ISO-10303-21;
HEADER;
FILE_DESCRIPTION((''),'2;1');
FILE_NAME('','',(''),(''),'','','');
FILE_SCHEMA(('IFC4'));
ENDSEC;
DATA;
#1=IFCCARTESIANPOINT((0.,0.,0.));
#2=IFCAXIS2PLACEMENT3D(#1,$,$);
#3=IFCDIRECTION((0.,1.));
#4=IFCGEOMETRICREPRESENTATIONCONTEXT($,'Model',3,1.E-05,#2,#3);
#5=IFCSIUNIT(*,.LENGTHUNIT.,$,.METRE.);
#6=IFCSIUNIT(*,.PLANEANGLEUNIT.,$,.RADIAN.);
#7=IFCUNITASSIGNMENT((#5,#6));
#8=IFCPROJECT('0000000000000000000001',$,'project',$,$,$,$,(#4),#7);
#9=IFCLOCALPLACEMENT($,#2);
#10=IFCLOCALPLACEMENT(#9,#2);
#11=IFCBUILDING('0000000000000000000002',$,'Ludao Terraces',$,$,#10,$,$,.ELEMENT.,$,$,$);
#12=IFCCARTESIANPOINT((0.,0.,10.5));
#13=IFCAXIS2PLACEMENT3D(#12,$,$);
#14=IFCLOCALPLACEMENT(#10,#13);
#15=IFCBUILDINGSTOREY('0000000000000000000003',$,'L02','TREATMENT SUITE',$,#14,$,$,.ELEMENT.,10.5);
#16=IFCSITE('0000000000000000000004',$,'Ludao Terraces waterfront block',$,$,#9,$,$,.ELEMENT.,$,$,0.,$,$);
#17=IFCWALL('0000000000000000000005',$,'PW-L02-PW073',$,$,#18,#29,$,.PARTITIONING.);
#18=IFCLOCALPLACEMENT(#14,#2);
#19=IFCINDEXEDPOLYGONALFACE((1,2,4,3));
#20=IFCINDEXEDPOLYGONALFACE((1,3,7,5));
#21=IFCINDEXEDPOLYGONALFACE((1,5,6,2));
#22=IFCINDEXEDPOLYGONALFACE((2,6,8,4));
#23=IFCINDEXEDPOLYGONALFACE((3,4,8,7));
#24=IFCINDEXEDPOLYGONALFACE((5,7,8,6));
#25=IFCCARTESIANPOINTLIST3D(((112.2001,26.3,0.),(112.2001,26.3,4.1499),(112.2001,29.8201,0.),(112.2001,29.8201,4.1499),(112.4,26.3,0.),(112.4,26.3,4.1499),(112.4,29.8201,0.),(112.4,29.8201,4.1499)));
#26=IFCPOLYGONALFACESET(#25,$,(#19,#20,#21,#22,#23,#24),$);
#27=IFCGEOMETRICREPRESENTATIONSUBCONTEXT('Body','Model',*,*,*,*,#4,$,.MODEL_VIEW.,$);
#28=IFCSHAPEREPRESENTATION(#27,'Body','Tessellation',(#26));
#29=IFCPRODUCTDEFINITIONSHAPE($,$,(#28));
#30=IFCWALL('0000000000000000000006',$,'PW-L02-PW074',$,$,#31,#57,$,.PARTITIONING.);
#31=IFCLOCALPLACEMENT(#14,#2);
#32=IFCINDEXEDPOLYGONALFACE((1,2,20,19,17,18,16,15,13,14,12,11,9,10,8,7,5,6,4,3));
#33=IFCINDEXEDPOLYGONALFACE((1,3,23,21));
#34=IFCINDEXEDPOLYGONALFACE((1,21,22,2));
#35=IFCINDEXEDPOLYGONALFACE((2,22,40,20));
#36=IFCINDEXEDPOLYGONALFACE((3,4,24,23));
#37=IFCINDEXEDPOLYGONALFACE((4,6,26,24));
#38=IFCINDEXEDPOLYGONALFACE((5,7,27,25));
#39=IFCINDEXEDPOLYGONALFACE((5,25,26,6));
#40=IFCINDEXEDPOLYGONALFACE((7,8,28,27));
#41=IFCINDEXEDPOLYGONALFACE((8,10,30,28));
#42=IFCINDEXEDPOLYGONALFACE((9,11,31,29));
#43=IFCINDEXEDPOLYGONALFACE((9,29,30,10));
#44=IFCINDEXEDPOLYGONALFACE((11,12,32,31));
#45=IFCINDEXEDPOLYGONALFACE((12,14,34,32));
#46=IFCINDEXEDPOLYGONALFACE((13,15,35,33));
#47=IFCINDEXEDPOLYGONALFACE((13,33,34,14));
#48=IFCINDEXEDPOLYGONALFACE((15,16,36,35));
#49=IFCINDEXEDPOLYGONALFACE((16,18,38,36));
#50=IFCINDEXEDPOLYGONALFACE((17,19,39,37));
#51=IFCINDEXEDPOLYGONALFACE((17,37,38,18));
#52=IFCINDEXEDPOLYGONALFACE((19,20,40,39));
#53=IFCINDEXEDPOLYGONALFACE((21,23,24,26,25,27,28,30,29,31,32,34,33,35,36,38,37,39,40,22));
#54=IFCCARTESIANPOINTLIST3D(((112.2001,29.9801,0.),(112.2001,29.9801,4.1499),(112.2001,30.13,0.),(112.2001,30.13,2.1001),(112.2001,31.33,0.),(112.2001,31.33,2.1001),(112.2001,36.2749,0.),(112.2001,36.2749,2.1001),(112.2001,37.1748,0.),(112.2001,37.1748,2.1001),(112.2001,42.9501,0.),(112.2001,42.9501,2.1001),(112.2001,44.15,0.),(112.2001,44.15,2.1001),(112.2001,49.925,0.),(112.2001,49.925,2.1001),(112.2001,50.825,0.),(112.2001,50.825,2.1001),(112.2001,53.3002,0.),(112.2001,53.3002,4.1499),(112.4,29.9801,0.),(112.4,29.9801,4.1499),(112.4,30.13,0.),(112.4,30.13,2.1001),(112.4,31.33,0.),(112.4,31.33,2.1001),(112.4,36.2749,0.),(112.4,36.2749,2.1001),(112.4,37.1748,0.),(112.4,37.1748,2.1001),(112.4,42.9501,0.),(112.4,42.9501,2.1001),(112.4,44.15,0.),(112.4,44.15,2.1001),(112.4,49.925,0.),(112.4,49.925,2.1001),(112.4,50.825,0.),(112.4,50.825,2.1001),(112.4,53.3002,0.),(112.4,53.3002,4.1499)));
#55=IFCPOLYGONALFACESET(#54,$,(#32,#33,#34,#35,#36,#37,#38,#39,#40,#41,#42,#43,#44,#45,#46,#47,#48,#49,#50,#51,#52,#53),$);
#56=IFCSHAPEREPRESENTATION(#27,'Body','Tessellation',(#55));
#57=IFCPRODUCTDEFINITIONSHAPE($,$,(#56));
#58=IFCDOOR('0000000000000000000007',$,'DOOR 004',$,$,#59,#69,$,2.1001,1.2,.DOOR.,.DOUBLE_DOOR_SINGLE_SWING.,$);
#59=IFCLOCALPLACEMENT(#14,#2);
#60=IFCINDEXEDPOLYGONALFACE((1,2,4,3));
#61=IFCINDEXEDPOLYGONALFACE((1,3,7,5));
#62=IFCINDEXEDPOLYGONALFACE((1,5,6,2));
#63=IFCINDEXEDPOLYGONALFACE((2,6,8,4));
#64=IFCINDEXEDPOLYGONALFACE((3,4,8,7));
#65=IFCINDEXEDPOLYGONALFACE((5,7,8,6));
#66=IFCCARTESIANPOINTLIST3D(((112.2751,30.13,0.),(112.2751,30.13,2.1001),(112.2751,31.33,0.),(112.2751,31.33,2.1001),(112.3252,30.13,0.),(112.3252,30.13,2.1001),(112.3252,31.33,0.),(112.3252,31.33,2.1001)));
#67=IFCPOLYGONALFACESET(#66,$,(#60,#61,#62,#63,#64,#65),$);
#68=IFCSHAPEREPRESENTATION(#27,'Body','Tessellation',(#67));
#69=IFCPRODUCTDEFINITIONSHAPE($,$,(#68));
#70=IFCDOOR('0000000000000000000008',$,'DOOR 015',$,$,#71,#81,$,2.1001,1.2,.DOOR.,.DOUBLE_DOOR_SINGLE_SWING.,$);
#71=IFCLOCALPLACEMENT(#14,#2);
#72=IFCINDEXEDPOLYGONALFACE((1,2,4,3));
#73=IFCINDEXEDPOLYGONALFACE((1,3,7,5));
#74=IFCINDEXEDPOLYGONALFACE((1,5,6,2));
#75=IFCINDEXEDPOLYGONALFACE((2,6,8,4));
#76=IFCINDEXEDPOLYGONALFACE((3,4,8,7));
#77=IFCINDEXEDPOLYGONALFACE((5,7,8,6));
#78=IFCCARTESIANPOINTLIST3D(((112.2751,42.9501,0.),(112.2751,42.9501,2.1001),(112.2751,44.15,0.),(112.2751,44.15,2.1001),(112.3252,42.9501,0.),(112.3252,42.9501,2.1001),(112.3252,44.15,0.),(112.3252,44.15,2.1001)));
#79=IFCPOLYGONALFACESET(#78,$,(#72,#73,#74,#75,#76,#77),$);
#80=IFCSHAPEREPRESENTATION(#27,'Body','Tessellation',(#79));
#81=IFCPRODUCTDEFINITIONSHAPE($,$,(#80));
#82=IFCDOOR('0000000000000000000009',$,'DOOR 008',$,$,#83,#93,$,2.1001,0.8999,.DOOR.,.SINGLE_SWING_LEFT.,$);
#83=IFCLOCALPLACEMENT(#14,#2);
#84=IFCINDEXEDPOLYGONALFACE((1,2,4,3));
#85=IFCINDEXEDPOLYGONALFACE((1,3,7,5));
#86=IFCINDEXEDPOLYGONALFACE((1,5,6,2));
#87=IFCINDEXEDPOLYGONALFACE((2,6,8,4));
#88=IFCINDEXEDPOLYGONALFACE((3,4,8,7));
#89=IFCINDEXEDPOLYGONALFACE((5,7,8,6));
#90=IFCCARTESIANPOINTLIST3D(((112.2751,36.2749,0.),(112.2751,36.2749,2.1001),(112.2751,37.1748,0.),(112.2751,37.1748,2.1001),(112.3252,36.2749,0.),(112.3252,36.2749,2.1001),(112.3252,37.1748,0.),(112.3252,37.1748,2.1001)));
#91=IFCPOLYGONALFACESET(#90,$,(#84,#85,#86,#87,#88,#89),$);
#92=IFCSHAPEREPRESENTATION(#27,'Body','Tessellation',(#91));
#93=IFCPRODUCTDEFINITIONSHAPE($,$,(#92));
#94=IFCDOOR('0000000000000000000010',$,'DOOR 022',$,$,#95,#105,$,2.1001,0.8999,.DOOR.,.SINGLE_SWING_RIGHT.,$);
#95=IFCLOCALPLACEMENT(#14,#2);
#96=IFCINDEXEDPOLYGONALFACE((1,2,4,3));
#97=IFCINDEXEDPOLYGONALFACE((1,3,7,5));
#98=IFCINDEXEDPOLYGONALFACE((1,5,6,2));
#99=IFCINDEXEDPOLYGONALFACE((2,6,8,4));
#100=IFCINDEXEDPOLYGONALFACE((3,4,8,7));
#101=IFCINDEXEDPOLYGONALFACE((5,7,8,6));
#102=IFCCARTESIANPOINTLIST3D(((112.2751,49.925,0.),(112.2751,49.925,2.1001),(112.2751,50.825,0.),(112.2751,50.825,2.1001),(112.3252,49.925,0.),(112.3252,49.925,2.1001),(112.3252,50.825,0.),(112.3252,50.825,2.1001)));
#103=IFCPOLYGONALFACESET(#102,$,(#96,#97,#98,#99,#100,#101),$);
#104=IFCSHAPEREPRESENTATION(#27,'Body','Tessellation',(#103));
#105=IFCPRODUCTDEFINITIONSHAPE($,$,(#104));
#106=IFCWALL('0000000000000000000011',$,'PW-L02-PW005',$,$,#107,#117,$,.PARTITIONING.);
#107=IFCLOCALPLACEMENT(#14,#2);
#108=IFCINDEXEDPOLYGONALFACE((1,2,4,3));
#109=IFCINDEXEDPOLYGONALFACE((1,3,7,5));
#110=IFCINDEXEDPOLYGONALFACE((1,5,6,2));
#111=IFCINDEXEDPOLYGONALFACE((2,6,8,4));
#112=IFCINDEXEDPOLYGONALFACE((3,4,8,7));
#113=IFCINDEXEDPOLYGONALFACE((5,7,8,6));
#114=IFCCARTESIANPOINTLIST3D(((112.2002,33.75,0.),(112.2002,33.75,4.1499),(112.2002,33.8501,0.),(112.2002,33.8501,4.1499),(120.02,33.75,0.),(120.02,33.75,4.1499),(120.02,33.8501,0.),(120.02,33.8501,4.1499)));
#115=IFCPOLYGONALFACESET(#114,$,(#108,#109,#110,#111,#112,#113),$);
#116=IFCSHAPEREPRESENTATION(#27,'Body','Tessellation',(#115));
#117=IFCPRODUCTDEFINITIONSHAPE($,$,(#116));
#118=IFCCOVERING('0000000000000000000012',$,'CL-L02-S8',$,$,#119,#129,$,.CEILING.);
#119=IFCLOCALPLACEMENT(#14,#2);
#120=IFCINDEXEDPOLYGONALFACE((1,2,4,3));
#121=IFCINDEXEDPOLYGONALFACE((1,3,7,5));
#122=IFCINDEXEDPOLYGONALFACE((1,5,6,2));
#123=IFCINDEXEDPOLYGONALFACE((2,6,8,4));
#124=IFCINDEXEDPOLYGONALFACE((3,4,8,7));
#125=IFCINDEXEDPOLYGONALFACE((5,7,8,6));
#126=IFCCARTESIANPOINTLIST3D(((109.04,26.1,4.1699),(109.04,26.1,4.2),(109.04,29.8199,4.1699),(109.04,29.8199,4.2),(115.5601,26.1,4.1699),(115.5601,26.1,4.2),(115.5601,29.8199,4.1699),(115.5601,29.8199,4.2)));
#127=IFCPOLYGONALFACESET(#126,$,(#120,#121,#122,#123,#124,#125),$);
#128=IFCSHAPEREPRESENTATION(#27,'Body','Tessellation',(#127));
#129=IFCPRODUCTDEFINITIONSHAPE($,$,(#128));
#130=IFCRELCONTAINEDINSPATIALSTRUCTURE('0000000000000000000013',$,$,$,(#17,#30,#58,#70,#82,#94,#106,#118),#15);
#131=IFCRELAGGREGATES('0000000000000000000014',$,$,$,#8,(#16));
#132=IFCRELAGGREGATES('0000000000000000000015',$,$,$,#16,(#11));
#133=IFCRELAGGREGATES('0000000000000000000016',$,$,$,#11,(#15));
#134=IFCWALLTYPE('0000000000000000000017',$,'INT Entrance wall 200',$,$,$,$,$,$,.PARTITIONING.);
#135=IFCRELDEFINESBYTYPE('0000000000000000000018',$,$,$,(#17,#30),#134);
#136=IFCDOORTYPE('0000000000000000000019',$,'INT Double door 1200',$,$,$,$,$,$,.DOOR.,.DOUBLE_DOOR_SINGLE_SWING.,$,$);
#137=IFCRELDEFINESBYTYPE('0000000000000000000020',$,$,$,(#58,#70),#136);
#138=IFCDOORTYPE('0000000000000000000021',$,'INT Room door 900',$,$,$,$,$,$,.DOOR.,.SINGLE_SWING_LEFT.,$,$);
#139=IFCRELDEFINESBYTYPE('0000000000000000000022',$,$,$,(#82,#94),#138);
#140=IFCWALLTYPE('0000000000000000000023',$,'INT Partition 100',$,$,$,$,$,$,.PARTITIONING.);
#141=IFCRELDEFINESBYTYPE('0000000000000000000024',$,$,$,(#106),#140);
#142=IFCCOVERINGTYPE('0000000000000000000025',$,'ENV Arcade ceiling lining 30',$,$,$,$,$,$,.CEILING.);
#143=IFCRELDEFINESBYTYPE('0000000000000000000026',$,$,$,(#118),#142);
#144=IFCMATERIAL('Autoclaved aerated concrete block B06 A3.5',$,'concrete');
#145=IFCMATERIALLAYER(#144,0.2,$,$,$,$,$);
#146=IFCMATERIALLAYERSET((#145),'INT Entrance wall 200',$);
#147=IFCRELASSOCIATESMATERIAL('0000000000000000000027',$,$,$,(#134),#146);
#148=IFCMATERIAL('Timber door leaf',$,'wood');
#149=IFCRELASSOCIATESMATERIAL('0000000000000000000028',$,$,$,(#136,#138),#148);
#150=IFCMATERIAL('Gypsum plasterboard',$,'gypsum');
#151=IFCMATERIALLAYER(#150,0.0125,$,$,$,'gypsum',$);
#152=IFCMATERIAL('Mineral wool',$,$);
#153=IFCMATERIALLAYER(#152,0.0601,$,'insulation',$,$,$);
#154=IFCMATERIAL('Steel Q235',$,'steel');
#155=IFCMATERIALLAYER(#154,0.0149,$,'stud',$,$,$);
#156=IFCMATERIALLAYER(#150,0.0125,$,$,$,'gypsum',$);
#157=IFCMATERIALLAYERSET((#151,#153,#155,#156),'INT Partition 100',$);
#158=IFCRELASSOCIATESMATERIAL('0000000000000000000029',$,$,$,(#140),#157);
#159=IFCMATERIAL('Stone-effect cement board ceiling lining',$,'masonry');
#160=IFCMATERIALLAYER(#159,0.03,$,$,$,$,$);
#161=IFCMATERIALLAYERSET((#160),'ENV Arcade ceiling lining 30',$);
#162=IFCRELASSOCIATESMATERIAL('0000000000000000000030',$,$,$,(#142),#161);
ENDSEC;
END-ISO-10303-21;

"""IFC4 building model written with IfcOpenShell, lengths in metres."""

from ifc_helpers import new_model, si_unit, direction, frame, frame_2d, origin, origin_2d, place, context, subcontext, project, spatial, rectangle, extrude, material, layer, layer_set, type_object, element, fill, save


model = new_model("IFC4")

# Units and contexts
model_context = context("Model", 3, precision=1e-05, world=origin(), true_north=direction((0.0, 1.0)))
body_context = subcontext(model_context, "Body", "Model", "MODEL_VIEW")
ifc_project = project(units=[si_unit("LENGTHUNIT", "METRE"), si_unit("PLANEANGLEUNIT", "RADIAN")], contexts=[model_context])

# Site, building, storey
site_placement = place(None, origin())
site = spatial("IfcSite", under=ifc_project, at=site_placement, Name="Ludao Terraces waterfront block", CompositionType="ELEMENT", RefElevation=0.0)
building_placement = place(site_placement, origin())
building = spatial("IfcBuilding", under=site, at=building_placement, Name="Ludao Terraces", CompositionType="ELEMENT")
storey_placement = place(building_placement, frame((0.0, 0.0, 10.5)))
storey = spatial("IfcBuildingStorey", under=building, at=storey_placement, Name="L02", Description="TREATMENT SUITE", CompositionType="ELEMENT", Elevation=10.5)

# Shared definitions
ifc_material_1 = material(Name="Autoclaved aerated concrete block B06 A3.5", Category="concrete")
ifc_layer_1 = layer(ifc_material_1, 0.2)
ifc_layer_set_1 = layer_set([ifc_layer_1], Name="INT Entrance wall 200")
wall_type_1 = type_object("IfcWallType", Name="INT Entrance wall 200", PredefinedType="PARTITIONING", material=ifc_layer_set_1)
ifc_material_2 = material(Name="Timber door leaf", Category="wood")
door_type_1 = type_object("IfcDoorType", Name="INT Double door 1200", OperationType="DOUBLE_DOOR_SINGLE_SWING", PredefinedType="DOOR", material=ifc_material_2)
door_type_2 = type_object("IfcDoorType", Name="INT Room door 900", OperationType="SINGLE_SWING_LEFT", PredefinedType="DOOR", material=ifc_material_2)

# Wall
wall_1_placement = place(storey_placement, frame((112.3, 26.3, 0.0), z_axis=(0.0, 0.0, 1.0), x_axis=(0.0, 1.0, 0.0)))
element("IfcWall", 1, at=wall_1_placement, inside=storey, type_object=wall_type_1, Name="PW-L02-PW073", PredefinedType="PARTITIONING", context=body_context, shape_type="SweptSolid", body=[
    extrude(rectangle(XDim=3.52, YDim=0.2, at=frame_2d((1.76, 0.0))), origin(), (0.0, 0.0, 1.0), 4.1499),
])

# Wall, openings, doors
wall_2_placement = place(storey_placement, frame((112.3, 29.98, 0.0), z_axis=(0.0, 0.0, 1.0), x_axis=(0.0, 1.0, 0.0)))
wall_2 = element("IfcWall", 2, at=wall_2_placement, inside=storey, type_object=wall_type_1, Name="PW-L02-PW074", PredefinedType="PARTITIONING", context=body_context, shape_type="SweptSolid", body=[
    extrude(rectangle(XDim=23.3201, YDim=0.2, at=frame_2d((11.6602, 0.0))), origin(), (0.0, 0.0, 1.0), 4.1499),
])
opening_1_placement = place(wall_2_placement, frame((0.1499, 0.0, 0.0)))
opening_1 = element("IfcOpeningElement", 3, at=opening_1_placement, cuts=wall_2, PredefinedType="OPENING", context=body_context, shape_type="SweptSolid", body=[
    extrude(rectangle(XDim=1.2, YDim=2.1001, at=frame_2d((0.6001, 1.05))), frame((0.0, 0.1099, 0.0), z_axis=(0.0, -1.0, 0.0), x_axis=(1.0, 0.0, 0.0)), (0.0, 0.0, 1.0), 0.22),
])
opening_2_placement = place(wall_2_placement, frame((6.2949, 0.0, 0.0)))
opening_2 = element("IfcOpeningElement", 4, at=opening_2_placement, cuts=wall_2, PredefinedType="OPENING", context=body_context, shape_type="SweptSolid", body=[
    extrude(rectangle(XDim=0.8999, YDim=2.1001, at=frame_2d((0.45, 1.05))), frame((0.0, 0.1099, 0.0), z_axis=(0.0, -1.0, 0.0), x_axis=(1.0, 0.0, 0.0)), (0.0, 0.0, 1.0), 0.22),
])
opening_3_placement = place(wall_2_placement, frame((12.97, 0.0, 0.0)))
opening_3 = element("IfcOpeningElement", 5, at=opening_3_placement, cuts=wall_2, PredefinedType="OPENING", context=body_context, shape_type="SweptSolid", body=[
    extrude(rectangle(XDim=1.2, YDim=2.1001, at=frame_2d((0.6001, 1.05))), frame((0.0, 0.1099, 0.0), z_axis=(0.0, -1.0, 0.0), x_axis=(1.0, 0.0, 0.0)), (0.0, 0.0, 1.0), 0.22),
])
opening_4_placement = place(wall_2_placement, frame((19.9451, 0.0, 0.0)))
opening_4 = element("IfcOpeningElement", 6, at=opening_4_placement, cuts=wall_2, PredefinedType="OPENING", context=body_context, shape_type="SweptSolid", body=[
    extrude(rectangle(XDim=0.8999, YDim=2.1001, at=frame_2d((0.45, 1.05))), frame((0.0, 0.1099, 0.0), z_axis=(0.0, -1.0, 0.0), x_axis=(1.0, 0.0, 0.0)), (0.0, 0.0, 1.0), 0.22),
])
door_1_placement = place(opening_1_placement, origin())
door_1 = element("IfcDoor", 7, at=door_1_placement, inside=storey, type_object=door_type_1, Name="DOOR 004", OperationType="DOUBLE_DOOR_SINGLE_SWING", OverallHeight=2.1001, OverallWidth=1.2, PredefinedType="DOOR", context=body_context, shape_type="SweptSolid", body=[
    extrude(rectangle(XDim=1.2, YDim=2.1001, at=frame_2d((0.6001, 1.05))), frame((0.0, 0.0249, 0.0), z_axis=(0.0, -1.0, 0.0), x_axis=(1.0, 0.0, 0.0)), (0.0, 0.0, 1.0), 0.05),
])
fill(opening_1, door_1)
door_2_placement = place(opening_3_placement, origin())
door_2 = element("IfcDoor", 8, at=door_2_placement, inside=storey, type_object=door_type_1, Name="DOOR 015", OperationType="DOUBLE_DOOR_SINGLE_SWING", OverallHeight=2.1001, OverallWidth=1.2, PredefinedType="DOOR", context=body_context, shape_type="SweptSolid", body=[
    extrude(rectangle(XDim=1.2, YDim=2.1001, at=frame_2d((0.6001, 1.05))), frame((0.0, 0.0249, 0.0), z_axis=(0.0, -1.0, 0.0), x_axis=(1.0, 0.0, 0.0)), (0.0, 0.0, 1.0), 0.05),
])
fill(opening_3, door_2)
door_3_placement = place(opening_2_placement, origin())
door_3 = element("IfcDoor", 9, at=door_3_placement, inside=storey, type_object=door_type_2, Name="DOOR 008", OperationType="SINGLE_SWING_LEFT", OverallHeight=2.1001, OverallWidth=0.8999, PredefinedType="DOOR", context=body_context, shape_type="SweptSolid", body=[
    extrude(rectangle(XDim=0.8999, YDim=2.1001, at=frame_2d((0.45, 1.05))), frame((0.0, 0.0249, 0.0), z_axis=(0.0, -1.0, 0.0), x_axis=(1.0, 0.0, 0.0)), (0.0, 0.0, 1.0), 0.05),
])
fill(opening_2, door_3)
door_4_placement = place(opening_4_placement, origin())
door_4 = element("IfcDoor", 10, at=door_4_placement, inside=storey, type_object=door_type_2, Name="DOOR 022", OperationType="SINGLE_SWING_RIGHT", OverallHeight=2.1001, OverallWidth=0.8999, PredefinedType="DOOR", context=body_context, shape_type="SweptSolid", body=[
    extrude(rectangle(XDim=0.8999, YDim=2.1001, at=frame_2d((0.45, 1.05))), frame((0.0, 0.0249, 0.0), z_axis=(0.0, -1.0, 0.0), x_axis=(1.0, 0.0, 0.0)), (0.0, 0.0, 1.0), 0.05),
])
fill(opening_4, door_4)

# Wall
ifc_material_3 = material(Name="Gypsum plasterboard", Category="gypsum")
ifc_layer_2 = layer(ifc_material_3, 0.0125, Category="gypsum")
ifc_material_4 = material(Name="Mineral wool")
ifc_layer_3 = layer(ifc_material_4, 0.0601, Name="insulation")
ifc_material_5 = material(Name="Steel Q235", Category="steel")
ifc_layer_4 = layer(ifc_material_5, 0.0149, Name="stud")
ifc_layer_5 = layer(ifc_material_3, 0.0125, Category="gypsum")
ifc_layer_set_2 = layer_set([ifc_layer_2, ifc_layer_3, ifc_layer_4, ifc_layer_5], Name="INT Partition 100")
wall_type_2 = type_object("IfcWallType", Name="INT Partition 100", PredefinedType="PARTITIONING", material=ifc_layer_set_2)
wall_3_placement = place(storey_placement, frame((112.2002, 33.8, 0.0), z_axis=(0.0, 0.0, 1.0), x_axis=(1.0, 0.0, 0.0)))
element("IfcWall", 11, at=wall_3_placement, inside=storey, type_object=wall_type_2, Name="PW-L02-PW005", PredefinedType="PARTITIONING", context=body_context, shape_type="SweptSolid", body=[
    extrude(rectangle(XDim=7.8198, YDim=0.1001, at=frame_2d((3.9099, 0.0))), origin(), (0.0, 0.0, 1.0), 4.1499),
])

# Covering
ifc_material_6 = material(Name="Stone-effect cement board ceiling lining", Category="masonry")
ifc_layer_6 = layer(ifc_material_6, 0.03)
ifc_layer_set_3 = layer_set([ifc_layer_6], Name="ENV Arcade ceiling lining 30")
covering_type = type_object("IfcCoveringType", Name="ENV Arcade ceiling lining 30", PredefinedType="CEILING", material=ifc_layer_set_3)
covering_placement = place(storey_placement, frame((112.3, 27.96, 4.1699), z_axis=(0.0, 0.0, 1.0), x_axis=(1.0, 0.0, 0.0)))
element("IfcCovering", 12, at=covering_placement, inside=storey, type_object=covering_type, Name="CL-L02-S8", PredefinedType="CEILING", context=body_context, shape_type="SweptSolid", body=[
    extrude(rectangle(XDim=6.52, YDim=3.72, at=origin_2d()), origin(), (0.0, 0.0, 1.0), 0.03),
])

save(model, "model.ifc")
